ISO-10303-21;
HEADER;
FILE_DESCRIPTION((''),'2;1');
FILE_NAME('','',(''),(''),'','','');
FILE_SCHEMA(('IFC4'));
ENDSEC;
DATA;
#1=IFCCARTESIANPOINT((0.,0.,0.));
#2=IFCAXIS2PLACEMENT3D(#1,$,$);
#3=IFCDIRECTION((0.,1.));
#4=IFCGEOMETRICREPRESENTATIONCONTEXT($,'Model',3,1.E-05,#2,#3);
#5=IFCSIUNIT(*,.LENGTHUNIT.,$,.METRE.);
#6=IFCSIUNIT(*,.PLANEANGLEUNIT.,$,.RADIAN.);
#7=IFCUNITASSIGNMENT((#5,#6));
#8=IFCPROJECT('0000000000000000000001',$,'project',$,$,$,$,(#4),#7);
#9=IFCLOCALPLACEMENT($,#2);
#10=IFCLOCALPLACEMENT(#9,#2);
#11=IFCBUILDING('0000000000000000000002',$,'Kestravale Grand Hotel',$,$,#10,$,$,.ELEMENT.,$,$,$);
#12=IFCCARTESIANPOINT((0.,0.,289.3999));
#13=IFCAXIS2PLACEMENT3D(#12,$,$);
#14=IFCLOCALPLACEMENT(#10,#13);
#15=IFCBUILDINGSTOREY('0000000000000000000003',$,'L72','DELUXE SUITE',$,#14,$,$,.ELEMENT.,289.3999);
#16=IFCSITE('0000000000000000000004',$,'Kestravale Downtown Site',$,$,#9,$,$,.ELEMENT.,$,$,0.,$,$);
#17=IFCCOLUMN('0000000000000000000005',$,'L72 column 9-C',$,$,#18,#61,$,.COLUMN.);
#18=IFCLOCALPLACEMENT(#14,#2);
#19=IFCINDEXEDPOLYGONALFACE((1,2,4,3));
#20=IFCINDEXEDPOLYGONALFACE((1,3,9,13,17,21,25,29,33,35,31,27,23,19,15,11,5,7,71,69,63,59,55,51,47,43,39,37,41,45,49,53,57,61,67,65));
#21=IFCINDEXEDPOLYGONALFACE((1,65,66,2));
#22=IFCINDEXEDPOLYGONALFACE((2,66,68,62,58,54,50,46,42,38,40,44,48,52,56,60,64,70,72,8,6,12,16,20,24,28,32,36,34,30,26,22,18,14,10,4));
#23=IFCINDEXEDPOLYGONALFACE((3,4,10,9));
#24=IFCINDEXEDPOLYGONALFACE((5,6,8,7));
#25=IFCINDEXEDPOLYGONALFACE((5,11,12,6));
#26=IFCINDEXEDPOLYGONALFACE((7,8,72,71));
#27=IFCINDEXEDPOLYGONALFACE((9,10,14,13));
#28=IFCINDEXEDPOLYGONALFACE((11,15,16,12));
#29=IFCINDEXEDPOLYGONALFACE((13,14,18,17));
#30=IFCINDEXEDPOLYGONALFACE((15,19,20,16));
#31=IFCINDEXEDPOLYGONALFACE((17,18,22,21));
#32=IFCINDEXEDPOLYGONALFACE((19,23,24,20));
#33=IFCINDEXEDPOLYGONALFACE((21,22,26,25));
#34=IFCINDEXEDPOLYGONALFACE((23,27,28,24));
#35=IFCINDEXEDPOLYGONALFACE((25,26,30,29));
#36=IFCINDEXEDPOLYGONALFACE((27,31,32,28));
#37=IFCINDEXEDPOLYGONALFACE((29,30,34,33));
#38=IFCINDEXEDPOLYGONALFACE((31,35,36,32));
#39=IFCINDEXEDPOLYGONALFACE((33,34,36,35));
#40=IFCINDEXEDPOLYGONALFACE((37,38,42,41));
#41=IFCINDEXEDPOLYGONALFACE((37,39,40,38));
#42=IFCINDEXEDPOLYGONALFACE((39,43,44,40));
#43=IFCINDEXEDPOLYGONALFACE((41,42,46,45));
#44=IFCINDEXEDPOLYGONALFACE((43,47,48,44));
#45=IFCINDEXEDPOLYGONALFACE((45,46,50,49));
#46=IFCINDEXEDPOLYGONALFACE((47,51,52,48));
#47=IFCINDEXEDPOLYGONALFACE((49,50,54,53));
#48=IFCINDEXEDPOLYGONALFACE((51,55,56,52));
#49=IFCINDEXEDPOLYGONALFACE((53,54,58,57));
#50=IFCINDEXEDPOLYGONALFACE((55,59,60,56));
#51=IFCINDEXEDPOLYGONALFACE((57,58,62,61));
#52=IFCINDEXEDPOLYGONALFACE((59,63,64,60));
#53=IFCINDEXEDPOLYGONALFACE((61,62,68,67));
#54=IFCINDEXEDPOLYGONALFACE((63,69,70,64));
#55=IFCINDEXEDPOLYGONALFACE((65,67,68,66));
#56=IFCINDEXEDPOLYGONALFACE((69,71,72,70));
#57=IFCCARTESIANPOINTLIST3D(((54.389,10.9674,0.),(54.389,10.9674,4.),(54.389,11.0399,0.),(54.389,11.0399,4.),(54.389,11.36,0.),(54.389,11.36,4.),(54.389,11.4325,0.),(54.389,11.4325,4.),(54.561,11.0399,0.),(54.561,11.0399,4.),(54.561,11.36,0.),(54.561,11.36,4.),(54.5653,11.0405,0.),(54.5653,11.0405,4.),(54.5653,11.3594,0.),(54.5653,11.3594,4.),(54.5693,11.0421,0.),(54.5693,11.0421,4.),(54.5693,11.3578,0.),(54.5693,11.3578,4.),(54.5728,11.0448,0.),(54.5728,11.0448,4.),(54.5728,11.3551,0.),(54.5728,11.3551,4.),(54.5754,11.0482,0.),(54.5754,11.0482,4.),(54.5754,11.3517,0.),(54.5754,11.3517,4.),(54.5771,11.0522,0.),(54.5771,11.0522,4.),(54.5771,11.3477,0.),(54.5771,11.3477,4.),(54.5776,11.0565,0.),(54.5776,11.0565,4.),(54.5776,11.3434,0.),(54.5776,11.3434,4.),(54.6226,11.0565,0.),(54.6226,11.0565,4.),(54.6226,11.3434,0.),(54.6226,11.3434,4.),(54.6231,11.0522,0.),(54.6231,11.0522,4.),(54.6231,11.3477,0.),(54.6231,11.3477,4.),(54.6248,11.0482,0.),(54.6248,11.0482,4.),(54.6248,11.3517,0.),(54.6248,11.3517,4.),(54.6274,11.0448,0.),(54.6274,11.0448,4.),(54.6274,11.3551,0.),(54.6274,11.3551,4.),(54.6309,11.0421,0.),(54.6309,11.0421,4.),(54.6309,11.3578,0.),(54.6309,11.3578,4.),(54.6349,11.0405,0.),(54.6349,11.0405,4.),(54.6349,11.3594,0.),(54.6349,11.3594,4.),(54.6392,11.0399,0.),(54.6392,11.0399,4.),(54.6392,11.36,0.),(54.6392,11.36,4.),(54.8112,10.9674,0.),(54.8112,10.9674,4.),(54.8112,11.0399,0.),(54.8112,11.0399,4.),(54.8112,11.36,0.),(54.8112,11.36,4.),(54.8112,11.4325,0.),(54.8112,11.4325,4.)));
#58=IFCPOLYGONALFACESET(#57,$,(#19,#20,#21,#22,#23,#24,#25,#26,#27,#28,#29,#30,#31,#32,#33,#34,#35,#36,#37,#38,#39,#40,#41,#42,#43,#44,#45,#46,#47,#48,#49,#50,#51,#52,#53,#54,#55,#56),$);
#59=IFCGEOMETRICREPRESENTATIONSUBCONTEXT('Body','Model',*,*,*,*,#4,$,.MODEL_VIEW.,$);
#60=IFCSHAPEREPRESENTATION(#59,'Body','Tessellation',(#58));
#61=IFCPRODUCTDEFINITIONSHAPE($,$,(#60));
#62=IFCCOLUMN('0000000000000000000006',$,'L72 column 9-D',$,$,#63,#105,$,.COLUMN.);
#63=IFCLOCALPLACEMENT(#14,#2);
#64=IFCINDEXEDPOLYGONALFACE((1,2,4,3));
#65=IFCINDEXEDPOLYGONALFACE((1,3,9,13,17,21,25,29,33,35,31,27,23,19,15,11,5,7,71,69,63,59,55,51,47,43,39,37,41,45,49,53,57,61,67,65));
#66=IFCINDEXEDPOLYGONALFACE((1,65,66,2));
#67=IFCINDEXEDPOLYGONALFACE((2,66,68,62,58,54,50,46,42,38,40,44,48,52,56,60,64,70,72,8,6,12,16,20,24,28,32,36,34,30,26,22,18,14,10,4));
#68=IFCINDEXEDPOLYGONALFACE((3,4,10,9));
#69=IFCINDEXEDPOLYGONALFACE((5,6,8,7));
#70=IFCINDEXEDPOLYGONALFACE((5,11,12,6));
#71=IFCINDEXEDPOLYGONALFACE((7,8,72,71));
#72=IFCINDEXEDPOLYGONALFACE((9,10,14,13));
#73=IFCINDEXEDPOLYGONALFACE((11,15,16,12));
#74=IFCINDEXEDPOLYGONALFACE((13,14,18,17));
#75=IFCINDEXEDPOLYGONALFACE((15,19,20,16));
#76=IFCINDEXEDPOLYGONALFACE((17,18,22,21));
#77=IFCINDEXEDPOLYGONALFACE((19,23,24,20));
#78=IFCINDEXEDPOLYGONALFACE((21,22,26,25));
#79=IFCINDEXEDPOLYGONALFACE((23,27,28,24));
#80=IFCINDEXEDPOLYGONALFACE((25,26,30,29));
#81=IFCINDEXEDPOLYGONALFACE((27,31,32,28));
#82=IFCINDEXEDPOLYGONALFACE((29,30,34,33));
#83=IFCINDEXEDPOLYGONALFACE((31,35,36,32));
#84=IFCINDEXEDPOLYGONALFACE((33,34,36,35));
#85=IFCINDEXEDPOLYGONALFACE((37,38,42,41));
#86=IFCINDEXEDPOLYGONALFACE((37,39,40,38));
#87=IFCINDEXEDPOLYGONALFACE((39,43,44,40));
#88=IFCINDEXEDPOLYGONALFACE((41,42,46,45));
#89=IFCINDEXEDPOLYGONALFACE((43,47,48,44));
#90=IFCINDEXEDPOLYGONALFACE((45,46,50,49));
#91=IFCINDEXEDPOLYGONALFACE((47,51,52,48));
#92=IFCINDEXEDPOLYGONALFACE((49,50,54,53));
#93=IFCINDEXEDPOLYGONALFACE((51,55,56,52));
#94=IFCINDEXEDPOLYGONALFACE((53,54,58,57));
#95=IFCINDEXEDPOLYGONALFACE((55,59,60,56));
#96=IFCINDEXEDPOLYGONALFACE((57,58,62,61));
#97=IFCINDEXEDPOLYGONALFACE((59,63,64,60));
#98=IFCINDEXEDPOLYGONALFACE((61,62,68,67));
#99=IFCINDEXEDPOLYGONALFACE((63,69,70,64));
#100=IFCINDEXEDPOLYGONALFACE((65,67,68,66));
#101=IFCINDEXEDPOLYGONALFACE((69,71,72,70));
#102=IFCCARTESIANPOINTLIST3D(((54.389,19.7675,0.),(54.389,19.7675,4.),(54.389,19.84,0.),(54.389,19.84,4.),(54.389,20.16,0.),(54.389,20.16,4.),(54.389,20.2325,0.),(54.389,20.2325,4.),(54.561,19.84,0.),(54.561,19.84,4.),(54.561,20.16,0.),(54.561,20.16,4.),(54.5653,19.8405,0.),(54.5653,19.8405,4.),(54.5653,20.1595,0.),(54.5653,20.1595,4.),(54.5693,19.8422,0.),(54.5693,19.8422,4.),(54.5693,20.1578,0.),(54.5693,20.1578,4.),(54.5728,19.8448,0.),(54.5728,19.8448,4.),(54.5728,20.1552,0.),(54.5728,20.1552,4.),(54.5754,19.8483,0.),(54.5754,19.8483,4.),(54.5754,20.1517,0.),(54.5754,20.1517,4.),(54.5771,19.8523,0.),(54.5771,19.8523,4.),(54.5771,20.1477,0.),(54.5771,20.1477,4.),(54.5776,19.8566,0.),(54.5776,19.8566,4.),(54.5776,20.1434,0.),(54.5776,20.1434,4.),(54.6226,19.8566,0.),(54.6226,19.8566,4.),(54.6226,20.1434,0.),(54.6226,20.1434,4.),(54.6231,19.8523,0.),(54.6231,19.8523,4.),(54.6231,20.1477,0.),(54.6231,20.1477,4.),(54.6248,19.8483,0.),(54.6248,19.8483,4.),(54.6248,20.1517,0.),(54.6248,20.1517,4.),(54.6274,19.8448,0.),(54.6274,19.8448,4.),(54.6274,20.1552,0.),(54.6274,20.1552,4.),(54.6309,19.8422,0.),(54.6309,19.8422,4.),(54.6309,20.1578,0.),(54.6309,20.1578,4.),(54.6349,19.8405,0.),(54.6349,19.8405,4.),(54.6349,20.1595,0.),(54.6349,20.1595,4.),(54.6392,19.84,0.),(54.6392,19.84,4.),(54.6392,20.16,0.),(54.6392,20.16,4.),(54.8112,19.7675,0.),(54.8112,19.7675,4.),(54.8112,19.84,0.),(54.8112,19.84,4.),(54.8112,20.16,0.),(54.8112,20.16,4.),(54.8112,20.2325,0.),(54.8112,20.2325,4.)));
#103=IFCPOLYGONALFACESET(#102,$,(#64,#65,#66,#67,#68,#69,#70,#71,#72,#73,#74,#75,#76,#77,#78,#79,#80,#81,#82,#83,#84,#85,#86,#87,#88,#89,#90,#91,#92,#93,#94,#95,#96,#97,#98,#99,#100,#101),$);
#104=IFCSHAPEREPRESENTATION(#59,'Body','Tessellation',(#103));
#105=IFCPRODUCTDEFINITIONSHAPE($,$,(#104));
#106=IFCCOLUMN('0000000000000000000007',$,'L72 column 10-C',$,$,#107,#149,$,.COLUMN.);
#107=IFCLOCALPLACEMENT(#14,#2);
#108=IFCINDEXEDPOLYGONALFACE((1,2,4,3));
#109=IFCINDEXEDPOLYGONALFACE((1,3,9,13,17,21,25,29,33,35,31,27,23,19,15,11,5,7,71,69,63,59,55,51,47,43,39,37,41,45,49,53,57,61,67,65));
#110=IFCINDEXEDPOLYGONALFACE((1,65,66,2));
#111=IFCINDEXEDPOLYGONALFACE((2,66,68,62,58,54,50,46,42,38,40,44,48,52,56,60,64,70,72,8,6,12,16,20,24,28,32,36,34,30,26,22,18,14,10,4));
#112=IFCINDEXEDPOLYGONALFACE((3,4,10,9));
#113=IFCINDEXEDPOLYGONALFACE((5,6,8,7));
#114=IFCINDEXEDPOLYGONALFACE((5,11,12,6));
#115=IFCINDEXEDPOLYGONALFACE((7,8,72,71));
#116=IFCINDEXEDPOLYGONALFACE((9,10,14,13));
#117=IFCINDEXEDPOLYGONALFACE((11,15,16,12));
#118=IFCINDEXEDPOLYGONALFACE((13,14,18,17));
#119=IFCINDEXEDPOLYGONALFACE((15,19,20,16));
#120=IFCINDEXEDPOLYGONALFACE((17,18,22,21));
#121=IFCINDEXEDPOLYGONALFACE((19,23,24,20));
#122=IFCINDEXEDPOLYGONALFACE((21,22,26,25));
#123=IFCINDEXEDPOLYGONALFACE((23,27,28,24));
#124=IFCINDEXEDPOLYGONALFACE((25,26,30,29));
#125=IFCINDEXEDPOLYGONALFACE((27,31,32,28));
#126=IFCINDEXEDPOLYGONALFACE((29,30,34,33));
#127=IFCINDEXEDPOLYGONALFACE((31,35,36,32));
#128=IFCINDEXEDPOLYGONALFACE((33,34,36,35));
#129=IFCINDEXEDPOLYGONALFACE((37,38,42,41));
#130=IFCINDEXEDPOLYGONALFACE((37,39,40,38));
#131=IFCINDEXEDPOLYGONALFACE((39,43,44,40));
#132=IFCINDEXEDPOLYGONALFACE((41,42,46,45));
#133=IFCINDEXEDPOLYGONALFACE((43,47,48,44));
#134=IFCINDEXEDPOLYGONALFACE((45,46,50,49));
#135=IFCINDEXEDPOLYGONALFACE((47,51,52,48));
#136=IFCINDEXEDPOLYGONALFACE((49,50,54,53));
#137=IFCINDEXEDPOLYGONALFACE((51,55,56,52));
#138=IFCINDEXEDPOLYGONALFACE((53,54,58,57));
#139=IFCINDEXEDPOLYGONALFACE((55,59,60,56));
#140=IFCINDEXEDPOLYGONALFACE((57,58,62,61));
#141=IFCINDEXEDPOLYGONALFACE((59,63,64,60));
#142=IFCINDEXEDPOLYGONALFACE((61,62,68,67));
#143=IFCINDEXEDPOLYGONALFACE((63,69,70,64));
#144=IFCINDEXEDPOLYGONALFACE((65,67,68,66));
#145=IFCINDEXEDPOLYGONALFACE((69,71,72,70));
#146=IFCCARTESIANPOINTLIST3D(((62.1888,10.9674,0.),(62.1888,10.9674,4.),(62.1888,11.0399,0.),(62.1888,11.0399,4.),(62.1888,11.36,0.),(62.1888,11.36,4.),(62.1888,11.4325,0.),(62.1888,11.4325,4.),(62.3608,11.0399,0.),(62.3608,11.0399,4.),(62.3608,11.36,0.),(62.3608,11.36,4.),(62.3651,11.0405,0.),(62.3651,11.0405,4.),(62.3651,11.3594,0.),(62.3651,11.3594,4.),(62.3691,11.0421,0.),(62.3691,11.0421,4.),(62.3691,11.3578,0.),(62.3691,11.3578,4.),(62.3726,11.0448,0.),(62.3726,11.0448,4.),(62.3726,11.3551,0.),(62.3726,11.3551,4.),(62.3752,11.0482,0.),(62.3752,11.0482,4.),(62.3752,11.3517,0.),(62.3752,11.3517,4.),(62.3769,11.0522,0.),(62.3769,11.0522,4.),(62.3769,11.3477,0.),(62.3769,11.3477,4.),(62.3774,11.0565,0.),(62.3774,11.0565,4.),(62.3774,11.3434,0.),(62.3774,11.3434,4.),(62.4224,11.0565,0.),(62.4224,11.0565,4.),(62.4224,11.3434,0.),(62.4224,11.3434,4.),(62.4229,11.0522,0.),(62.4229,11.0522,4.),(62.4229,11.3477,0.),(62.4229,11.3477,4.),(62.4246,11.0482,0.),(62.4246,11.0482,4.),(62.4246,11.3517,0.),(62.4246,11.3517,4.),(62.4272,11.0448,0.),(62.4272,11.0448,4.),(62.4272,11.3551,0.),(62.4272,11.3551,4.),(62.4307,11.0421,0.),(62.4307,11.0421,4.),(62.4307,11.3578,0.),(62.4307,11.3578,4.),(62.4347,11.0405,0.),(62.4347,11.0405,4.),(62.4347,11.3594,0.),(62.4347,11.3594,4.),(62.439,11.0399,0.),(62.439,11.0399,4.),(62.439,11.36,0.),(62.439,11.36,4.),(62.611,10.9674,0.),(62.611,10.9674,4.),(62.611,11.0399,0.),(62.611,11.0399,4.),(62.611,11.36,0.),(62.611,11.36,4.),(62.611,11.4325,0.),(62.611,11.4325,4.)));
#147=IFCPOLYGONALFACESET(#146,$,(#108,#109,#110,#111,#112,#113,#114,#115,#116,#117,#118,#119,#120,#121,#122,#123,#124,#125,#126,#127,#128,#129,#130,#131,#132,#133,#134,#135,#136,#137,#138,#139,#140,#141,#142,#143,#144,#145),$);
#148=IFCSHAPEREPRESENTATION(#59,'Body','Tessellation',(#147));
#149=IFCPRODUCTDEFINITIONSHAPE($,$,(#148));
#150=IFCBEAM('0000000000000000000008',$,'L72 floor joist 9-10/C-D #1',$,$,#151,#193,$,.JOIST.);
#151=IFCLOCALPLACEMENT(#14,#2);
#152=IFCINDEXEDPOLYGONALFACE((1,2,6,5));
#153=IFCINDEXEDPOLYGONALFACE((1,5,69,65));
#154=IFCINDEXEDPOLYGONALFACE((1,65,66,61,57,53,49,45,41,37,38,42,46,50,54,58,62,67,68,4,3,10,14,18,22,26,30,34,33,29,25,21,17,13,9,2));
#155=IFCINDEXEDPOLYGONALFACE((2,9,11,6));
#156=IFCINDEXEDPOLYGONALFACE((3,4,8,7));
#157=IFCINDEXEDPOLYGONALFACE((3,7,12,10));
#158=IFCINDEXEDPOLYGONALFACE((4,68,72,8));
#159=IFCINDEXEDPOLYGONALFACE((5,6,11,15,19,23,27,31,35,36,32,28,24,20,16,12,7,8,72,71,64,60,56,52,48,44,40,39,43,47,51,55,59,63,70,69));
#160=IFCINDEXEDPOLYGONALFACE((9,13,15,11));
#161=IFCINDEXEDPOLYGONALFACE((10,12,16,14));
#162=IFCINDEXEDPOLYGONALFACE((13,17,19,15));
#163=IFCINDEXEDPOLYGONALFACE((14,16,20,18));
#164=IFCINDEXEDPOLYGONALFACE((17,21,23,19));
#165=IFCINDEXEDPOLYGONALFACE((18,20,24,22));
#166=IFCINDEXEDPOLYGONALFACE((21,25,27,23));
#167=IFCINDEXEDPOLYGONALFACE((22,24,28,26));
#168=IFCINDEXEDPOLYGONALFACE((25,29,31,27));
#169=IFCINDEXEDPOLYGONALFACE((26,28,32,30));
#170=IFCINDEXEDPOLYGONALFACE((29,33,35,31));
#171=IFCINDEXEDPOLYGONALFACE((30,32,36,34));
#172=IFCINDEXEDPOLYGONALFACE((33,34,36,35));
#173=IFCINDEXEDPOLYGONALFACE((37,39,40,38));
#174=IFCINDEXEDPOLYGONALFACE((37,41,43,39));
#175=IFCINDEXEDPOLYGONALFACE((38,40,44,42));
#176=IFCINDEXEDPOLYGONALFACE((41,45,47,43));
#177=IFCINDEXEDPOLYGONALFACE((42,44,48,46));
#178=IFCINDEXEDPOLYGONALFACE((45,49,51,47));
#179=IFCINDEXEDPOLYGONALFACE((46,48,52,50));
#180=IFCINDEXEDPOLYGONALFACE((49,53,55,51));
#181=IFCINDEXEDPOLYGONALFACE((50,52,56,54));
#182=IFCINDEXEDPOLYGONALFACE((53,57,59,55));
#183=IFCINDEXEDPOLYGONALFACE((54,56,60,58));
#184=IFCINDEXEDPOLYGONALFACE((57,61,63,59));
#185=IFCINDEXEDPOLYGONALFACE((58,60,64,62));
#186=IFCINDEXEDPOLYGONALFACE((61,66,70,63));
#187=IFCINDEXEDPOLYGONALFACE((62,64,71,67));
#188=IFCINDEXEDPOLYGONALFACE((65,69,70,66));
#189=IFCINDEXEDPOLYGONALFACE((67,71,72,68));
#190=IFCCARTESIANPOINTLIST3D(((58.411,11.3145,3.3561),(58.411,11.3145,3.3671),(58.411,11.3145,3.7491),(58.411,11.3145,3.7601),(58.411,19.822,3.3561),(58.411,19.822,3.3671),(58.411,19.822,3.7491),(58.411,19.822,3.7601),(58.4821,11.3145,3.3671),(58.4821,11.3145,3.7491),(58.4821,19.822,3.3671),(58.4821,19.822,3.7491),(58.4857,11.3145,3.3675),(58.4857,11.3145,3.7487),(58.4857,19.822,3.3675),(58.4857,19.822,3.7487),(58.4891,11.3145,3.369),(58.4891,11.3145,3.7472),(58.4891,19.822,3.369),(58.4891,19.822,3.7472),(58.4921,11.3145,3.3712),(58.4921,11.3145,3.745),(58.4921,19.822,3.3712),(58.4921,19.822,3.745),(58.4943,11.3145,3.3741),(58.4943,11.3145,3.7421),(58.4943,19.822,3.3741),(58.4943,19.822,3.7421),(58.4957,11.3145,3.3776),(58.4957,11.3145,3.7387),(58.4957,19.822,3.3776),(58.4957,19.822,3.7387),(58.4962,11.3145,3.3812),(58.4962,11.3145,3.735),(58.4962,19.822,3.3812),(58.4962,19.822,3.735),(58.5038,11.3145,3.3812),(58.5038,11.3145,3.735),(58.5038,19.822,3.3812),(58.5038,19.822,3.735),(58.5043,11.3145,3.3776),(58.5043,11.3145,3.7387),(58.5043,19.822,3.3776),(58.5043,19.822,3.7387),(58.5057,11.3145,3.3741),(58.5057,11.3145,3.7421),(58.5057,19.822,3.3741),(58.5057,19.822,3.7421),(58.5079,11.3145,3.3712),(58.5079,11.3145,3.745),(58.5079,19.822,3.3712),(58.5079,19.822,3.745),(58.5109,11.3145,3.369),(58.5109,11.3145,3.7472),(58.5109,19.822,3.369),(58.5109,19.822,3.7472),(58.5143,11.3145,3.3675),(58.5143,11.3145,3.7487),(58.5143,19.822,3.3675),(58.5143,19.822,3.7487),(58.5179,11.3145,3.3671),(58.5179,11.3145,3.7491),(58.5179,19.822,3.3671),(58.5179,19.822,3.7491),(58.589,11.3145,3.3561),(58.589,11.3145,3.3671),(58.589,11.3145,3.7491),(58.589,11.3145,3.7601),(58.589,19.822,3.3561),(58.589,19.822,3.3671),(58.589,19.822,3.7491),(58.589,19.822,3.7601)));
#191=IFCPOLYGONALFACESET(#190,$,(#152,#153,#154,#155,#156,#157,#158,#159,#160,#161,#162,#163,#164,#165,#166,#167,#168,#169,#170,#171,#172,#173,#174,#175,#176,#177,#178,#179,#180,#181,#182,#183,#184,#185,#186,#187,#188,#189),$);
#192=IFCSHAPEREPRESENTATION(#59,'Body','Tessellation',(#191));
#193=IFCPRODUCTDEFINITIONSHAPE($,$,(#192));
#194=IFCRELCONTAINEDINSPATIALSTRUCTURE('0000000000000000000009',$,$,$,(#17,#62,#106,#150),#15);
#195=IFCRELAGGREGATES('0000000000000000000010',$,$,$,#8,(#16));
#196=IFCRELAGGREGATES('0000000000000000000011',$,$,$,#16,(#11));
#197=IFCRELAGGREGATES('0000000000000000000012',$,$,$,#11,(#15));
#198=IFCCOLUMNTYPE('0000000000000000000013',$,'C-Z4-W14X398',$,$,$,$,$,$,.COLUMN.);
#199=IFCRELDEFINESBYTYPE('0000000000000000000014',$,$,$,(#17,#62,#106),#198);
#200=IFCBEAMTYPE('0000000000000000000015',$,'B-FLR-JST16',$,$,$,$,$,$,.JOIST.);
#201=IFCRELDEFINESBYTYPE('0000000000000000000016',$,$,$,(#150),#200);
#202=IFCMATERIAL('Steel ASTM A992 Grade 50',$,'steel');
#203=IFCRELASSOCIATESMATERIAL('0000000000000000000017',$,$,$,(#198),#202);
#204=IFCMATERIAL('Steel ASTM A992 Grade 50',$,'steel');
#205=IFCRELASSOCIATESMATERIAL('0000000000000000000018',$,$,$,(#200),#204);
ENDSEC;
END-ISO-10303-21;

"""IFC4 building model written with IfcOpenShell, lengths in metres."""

from ifc_helpers import new_model, si_unit, direction, frame, origin, origin_2d, place, context, subcontext, project, spatial, i_section, extrude, material, material_profile, profile_set, type_object, element, save


model = new_model("IFC4")

# Units and contexts
model_context = context("Model", 3, precision=1e-05, world=origin(), true_north=direction((0.0, 1.0)))
body_context = subcontext(model_context, "Body", "Model", "MODEL_VIEW")
ifc_project = project(units=[si_unit("LENGTHUNIT", "METRE"), si_unit("PLANEANGLEUNIT", "RADIAN")], contexts=[model_context])

# Site, building, storey
site_placement = place(None, origin())
site = spatial("IfcSite", under=ifc_project, at=site_placement, Name="Kestravale Downtown Site", CompositionType="ELEMENT", RefElevation=0.0)
building_placement = place(site_placement, origin())
building = spatial("IfcBuilding", under=site, at=building_placement, Name="Kestravale Grand Hotel", CompositionType="ELEMENT")
storey_placement = place(building_placement, frame((0.0, 0.0, 289.3999)))
storey = spatial("IfcBuildingStorey", under=building, at=storey_placement, Name="L72", Description="DELUXE SUITE", CompositionType="ELEMENT", Elevation=289.3999)

# Columns
ifc_material_1 = material(Name="Steel ASTM A992 Grade 50", Category="steel")
ifc_material_profile_1 = material_profile(ifc_material_1, i_section(OverallWidth=0.4221, OverallDepth=0.4651, WebThickness=0.0449, FlangeThickness=0.0725, FilletRadius=0.0166, at=origin_2d()))
ifc_profile_set_1 = profile_set([ifc_material_profile_1], Name="Steel ASTM A992 Grade 50")
column_type = type_object("IfcColumnType", Name="C-Z4-W14X398", PredefinedType="COLUMN", material=ifc_profile_set_1)
for number, where, z_axis, x_axis, name in (
    (1, (54.6001, 11.2, 0.0), (0.0, 0.0, 1.0), (1.0, 0.0, 0.0), "L72 column 9-C"),
    (2, (54.6001, 20.0, 0.0), (0.0, 0.0, 1.0), (1.0, 0.0, 0.0), "L72 column 9-D"),
    (3, (62.3999, 11.2, 0.0), (0.0, 0.0, 1.0), (1.0, 0.0, 0.0), "L72 column 10-C"),
):
    element("IfcColumn", number, at=place(storey_placement, frame(where, z_axis=z_axis, x_axis=x_axis)), inside=storey, type_object=column_type, Name=name, PredefinedType="COLUMN", context=body_context, shape_type="SweptSolid", body=[
        extrude(i_section(OverallWidth=0.4221, OverallDepth=0.4651, WebThickness=0.0449, FlangeThickness=0.0725, FilletRadius=0.0166, at=origin_2d()), origin(), (0.0, 0.0, 1.0), 4.0),
    ])

# Beam
ifc_material_2 = material(Name="Steel ASTM A992 Grade 50", Category="steel")
ifc_material_profile_2 = material_profile(ifc_material_2, i_section(OverallWidth=0.178, OverallDepth=0.4041, WebThickness=0.0076, FlangeThickness=0.011, FilletRadius=0.0142, at=origin_2d()))
ifc_profile_set_2 = profile_set([ifc_material_profile_2], Name="Steel ASTM A992 Grade 50")
beam_type_1 = type_object("IfcBeamType", Name="B-FLR-JST16", PredefinedType="JOIST", material=ifc_profile_set_2)
beam_1_placement = place(storey_placement, frame((58.5, 11.3145, 3.5581), z_axis=(0.0, 1.0, 0.0), x_axis=(-1.0, 0.0, 0.0)))
element("IfcBeam", 4, at=beam_1_placement, inside=storey, type_object=beam_type_1, Name="L72 floor joist 9-10/C-D #1", PredefinedType="JOIST", context=body_context, shape_type="SweptSolid", body=[
    extrude(i_section(OverallWidth=0.178, OverallDepth=0.4041, WebThickness=0.0076, FlangeThickness=0.011, FilletRadius=0.0142, at=origin_2d()), origin(), (0.0, 0.0, 1.0), 8.5076),
])

save(model, "model.ifc")
